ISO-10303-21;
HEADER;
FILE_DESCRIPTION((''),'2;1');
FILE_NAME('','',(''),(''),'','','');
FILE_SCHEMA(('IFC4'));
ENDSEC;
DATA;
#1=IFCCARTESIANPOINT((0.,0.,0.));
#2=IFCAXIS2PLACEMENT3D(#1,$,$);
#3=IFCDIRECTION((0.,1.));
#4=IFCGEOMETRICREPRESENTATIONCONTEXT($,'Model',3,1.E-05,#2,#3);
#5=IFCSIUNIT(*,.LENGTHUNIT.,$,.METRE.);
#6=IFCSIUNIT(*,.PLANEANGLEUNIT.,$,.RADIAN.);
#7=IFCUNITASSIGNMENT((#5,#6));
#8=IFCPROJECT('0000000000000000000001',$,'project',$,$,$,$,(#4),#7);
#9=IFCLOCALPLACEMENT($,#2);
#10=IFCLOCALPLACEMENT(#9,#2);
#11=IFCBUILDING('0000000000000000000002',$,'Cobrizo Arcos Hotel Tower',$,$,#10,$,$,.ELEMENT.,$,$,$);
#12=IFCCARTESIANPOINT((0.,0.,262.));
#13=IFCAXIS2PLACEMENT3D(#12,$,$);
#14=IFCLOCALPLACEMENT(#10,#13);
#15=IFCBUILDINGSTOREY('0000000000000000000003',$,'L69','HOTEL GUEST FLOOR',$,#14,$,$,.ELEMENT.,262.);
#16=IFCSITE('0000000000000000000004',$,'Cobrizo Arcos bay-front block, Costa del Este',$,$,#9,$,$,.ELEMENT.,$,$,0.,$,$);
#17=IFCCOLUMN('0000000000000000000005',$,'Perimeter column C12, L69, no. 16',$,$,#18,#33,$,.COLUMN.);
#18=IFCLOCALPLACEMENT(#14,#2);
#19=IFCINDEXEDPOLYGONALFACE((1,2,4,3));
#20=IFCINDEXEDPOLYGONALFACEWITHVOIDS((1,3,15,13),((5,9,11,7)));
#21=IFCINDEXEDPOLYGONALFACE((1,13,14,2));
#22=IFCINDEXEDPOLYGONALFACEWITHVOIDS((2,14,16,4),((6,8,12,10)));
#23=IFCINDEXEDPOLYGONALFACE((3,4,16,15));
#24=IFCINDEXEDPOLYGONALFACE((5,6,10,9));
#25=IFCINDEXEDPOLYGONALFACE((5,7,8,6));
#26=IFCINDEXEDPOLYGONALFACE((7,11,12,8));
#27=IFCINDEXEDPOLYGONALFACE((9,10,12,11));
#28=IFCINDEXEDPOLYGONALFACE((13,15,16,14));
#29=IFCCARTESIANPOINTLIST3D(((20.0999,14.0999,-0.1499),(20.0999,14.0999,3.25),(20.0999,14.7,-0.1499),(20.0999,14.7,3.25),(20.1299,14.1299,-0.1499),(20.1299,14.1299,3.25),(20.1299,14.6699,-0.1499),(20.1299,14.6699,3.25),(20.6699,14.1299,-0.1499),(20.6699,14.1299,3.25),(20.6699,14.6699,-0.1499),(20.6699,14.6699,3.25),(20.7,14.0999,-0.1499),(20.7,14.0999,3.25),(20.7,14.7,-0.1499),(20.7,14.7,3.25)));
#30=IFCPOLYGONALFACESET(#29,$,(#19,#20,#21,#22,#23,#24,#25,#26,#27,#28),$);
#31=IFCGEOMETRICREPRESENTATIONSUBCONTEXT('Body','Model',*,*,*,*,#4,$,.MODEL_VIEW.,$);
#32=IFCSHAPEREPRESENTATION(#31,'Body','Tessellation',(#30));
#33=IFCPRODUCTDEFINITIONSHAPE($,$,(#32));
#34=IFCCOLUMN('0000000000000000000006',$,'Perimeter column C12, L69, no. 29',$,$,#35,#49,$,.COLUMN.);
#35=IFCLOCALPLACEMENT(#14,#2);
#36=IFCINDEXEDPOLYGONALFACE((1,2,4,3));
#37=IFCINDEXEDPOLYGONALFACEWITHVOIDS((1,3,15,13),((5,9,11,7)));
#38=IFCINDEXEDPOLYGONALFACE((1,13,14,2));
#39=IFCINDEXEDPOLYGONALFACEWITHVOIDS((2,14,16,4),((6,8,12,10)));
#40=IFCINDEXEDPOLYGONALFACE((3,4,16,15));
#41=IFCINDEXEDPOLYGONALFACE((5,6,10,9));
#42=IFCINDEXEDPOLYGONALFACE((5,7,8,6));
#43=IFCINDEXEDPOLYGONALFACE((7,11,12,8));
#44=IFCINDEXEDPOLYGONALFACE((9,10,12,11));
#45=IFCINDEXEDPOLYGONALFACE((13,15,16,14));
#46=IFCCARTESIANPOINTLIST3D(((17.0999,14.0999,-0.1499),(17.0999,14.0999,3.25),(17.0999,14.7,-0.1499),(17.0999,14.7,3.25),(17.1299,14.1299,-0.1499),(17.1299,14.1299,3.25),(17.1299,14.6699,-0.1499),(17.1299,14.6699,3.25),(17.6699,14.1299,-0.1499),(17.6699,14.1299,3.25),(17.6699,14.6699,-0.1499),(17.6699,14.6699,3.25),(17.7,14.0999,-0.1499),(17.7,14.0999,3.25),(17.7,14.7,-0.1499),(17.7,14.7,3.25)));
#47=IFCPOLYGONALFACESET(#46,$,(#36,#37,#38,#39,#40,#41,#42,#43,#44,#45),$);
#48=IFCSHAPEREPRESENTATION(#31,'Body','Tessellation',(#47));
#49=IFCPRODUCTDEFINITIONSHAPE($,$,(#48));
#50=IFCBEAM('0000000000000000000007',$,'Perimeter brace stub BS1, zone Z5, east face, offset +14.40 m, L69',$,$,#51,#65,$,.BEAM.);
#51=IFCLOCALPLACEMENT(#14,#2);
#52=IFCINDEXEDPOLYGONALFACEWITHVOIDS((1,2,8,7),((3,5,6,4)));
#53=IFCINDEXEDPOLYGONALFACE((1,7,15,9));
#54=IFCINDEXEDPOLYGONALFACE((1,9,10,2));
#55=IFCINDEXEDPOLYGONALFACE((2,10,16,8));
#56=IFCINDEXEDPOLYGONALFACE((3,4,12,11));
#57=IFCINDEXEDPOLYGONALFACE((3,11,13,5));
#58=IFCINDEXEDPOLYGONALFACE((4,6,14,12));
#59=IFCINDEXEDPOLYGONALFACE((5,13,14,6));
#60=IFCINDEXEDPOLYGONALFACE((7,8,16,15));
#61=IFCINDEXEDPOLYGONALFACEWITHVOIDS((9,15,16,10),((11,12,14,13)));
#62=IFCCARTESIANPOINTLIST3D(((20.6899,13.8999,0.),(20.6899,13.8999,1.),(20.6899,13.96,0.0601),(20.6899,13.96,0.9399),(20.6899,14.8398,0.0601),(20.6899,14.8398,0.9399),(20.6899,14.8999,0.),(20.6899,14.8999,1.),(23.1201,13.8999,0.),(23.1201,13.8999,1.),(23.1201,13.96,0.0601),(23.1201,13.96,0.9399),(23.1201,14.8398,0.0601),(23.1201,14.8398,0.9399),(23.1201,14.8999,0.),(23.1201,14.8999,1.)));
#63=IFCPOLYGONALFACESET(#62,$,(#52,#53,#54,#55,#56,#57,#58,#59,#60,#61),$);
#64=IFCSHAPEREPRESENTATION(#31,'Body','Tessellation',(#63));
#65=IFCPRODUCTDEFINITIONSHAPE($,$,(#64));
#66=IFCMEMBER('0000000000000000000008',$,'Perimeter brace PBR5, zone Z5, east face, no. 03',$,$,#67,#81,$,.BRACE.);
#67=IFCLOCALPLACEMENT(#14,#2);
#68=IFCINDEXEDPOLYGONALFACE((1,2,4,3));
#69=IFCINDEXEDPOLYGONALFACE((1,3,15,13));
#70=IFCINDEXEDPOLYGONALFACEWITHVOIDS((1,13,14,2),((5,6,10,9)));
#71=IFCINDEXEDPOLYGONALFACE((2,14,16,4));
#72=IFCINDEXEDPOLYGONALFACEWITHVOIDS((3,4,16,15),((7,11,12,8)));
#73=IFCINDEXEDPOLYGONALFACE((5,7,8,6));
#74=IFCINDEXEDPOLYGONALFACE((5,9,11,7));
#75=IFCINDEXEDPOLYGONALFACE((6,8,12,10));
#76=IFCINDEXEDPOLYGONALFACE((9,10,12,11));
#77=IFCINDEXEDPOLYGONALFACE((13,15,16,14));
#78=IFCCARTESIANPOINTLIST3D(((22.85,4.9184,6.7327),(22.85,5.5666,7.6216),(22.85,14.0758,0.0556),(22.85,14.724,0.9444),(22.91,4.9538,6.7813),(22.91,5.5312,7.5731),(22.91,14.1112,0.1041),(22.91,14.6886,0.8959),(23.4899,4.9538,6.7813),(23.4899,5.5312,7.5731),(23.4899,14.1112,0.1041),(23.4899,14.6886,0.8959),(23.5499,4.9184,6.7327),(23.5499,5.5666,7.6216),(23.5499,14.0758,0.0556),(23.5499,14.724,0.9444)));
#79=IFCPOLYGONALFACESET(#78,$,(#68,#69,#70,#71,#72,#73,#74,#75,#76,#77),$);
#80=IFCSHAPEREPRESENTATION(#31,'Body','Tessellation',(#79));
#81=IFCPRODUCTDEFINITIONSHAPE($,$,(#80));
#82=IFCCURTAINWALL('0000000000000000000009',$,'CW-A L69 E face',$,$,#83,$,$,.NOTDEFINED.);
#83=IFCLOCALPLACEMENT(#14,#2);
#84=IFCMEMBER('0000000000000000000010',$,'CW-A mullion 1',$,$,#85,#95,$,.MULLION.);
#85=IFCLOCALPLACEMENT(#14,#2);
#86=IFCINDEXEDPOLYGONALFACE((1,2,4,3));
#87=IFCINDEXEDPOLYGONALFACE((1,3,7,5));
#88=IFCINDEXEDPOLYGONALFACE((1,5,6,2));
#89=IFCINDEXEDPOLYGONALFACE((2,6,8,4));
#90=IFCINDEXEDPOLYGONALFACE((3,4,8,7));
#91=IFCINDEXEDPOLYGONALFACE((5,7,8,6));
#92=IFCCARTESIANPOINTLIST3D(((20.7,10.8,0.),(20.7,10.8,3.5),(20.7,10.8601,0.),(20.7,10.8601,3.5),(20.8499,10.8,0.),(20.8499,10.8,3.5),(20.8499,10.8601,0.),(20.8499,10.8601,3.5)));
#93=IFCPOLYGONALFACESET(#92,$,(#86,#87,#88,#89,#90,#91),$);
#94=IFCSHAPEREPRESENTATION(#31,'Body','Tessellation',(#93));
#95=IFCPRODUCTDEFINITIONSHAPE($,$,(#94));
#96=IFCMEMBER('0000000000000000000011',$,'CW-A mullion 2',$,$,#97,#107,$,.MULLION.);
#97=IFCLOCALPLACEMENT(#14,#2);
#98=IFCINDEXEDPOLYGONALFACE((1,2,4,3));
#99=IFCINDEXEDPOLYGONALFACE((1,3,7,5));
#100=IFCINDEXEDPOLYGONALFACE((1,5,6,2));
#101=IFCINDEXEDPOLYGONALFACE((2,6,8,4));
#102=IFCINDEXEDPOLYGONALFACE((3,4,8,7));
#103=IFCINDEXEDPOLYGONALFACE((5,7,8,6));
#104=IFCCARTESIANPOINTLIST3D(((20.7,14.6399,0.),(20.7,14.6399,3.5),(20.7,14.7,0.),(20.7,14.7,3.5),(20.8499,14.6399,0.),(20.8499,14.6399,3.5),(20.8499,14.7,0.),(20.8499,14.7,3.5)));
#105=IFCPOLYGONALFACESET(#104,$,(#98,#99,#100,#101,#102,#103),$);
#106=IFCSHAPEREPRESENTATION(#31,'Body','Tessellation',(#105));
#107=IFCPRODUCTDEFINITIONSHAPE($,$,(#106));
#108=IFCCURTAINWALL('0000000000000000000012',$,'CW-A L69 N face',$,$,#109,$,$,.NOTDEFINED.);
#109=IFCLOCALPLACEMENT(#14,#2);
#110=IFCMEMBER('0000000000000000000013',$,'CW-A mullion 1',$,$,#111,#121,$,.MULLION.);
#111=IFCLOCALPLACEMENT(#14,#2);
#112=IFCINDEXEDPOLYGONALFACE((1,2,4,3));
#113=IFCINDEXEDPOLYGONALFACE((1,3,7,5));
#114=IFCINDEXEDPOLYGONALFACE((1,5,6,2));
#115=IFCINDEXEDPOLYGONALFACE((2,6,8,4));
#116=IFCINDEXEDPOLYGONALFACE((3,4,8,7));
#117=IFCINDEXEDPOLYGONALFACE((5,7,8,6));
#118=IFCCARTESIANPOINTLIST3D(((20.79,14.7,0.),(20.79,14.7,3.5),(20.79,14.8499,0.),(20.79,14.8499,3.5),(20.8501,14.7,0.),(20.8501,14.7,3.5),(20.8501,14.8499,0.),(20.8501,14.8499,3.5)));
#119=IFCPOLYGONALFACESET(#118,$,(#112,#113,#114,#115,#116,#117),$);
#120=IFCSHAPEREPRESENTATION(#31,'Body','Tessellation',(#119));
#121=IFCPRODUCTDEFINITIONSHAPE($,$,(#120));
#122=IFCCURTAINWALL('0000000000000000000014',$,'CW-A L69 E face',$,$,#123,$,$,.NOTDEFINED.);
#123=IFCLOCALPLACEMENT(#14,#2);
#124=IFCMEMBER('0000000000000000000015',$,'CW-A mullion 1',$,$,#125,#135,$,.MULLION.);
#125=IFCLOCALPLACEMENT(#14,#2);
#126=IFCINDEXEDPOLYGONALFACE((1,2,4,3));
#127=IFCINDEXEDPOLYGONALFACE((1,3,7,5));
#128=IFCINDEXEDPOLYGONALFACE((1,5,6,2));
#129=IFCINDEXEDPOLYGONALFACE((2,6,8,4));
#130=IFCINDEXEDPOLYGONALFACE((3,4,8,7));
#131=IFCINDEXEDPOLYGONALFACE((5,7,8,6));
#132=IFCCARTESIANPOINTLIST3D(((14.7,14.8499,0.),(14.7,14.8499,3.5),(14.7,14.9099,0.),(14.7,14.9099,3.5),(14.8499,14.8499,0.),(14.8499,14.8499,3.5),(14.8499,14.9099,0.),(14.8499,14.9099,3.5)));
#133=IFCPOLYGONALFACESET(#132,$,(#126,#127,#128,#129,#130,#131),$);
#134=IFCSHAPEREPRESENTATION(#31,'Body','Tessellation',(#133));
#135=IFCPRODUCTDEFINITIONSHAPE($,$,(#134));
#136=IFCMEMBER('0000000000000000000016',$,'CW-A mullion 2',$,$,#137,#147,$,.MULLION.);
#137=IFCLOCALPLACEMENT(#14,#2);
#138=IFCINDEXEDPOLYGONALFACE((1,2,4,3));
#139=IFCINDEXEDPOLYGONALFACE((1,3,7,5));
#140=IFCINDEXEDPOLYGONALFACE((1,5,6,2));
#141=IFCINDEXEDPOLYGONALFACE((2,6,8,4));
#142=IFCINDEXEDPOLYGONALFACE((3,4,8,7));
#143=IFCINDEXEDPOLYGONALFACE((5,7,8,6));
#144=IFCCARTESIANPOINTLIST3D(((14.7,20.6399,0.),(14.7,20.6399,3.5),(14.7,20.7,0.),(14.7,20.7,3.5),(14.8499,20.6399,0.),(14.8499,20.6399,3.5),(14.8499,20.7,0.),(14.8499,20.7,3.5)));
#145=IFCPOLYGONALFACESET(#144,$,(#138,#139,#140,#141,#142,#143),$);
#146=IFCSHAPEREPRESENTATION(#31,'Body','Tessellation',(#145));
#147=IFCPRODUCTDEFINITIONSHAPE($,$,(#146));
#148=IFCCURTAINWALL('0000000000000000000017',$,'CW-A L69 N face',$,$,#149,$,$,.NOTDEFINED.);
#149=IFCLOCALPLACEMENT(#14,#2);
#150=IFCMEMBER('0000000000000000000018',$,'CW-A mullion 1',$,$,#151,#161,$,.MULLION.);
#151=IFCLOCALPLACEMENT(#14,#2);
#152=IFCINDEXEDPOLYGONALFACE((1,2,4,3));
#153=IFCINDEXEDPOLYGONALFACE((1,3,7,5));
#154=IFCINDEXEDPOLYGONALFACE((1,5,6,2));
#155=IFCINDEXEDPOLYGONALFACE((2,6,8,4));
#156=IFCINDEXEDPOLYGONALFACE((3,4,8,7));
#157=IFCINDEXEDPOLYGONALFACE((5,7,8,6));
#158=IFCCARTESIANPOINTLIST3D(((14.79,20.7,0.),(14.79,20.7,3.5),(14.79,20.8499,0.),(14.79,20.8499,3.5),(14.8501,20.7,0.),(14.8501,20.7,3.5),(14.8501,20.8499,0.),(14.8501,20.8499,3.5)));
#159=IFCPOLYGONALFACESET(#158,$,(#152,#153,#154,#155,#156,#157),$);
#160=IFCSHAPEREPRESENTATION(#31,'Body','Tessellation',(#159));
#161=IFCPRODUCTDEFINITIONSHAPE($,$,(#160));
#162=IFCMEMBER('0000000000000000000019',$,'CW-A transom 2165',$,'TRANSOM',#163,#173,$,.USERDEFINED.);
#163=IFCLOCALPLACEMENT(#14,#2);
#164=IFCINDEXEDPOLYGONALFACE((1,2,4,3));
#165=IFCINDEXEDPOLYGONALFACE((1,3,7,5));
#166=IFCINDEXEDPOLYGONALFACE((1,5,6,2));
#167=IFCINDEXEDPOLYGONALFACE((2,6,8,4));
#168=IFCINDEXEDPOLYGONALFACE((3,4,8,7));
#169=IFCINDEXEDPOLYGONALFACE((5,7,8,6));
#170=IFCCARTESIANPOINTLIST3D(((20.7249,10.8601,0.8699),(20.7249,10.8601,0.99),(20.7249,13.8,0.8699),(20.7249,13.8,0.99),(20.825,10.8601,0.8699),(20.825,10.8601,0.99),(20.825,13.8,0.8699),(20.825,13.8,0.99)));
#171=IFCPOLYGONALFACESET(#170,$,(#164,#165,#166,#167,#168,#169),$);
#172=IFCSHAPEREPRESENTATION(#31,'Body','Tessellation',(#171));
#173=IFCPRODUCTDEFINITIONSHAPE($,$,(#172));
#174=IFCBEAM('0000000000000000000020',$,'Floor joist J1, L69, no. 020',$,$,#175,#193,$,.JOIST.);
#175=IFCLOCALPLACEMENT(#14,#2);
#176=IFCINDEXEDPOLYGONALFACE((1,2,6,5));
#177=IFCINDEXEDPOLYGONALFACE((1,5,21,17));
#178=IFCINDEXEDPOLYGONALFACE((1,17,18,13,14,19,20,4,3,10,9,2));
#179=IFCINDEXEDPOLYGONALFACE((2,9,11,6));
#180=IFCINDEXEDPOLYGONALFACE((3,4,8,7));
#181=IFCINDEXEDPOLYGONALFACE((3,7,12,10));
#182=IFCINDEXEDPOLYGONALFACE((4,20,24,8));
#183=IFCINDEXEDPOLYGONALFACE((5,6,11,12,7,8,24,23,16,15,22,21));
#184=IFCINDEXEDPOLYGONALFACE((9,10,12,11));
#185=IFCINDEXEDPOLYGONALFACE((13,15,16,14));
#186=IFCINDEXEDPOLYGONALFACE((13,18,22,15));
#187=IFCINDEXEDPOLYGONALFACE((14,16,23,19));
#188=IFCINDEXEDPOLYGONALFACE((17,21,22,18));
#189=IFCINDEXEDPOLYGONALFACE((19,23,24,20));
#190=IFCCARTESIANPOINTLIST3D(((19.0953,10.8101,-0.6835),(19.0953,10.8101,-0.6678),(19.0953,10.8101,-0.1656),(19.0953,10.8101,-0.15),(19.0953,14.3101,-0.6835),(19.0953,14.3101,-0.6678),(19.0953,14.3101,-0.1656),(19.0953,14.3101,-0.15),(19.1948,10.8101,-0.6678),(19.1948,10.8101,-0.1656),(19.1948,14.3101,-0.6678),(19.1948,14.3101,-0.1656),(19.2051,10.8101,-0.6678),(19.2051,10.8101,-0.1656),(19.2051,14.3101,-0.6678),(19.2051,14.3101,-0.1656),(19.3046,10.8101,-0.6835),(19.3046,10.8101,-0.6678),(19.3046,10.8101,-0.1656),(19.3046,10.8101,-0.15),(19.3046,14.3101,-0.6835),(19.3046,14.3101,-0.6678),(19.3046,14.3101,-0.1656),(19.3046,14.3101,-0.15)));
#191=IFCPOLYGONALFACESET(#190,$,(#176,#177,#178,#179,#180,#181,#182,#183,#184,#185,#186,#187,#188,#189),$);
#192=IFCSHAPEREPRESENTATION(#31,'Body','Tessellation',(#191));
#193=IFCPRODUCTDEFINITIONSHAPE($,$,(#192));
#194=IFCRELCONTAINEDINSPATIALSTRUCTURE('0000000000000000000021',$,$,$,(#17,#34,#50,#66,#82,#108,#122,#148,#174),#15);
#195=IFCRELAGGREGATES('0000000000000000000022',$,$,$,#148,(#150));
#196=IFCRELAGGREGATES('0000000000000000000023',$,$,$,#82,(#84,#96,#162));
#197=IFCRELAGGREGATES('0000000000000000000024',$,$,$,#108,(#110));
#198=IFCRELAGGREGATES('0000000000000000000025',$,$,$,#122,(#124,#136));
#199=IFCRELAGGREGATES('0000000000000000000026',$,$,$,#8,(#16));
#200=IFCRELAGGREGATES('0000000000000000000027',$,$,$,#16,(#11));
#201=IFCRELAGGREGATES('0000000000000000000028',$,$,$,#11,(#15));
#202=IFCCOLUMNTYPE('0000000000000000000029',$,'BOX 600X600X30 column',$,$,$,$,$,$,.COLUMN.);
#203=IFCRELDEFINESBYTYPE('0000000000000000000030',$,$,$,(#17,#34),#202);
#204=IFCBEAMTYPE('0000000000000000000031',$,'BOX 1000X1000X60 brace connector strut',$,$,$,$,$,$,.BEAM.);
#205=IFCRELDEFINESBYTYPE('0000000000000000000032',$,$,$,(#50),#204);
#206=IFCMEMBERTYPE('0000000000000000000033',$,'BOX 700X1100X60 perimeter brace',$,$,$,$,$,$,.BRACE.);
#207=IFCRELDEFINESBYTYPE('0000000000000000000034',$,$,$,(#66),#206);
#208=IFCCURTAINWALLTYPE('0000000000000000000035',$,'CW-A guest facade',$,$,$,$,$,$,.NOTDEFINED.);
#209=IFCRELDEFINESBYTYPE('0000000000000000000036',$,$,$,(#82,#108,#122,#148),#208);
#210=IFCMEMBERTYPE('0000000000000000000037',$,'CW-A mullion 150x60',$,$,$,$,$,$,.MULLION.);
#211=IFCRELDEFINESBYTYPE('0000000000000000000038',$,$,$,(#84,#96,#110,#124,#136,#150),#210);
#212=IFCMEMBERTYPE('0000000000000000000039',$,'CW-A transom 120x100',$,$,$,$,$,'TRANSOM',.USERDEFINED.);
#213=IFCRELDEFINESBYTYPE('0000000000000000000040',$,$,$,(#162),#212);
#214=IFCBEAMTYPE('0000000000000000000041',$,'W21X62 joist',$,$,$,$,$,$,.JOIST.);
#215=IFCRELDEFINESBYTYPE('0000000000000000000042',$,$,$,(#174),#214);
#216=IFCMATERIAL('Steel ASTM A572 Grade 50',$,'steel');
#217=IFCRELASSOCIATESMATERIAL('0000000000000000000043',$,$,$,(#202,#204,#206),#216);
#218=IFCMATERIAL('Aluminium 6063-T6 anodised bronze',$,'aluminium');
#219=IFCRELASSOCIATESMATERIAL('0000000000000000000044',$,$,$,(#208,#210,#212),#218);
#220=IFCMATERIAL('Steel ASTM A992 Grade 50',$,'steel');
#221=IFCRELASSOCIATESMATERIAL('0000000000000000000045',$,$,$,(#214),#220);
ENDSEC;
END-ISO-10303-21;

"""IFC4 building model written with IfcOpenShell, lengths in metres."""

from ifc_helpers import new_model, si_unit, direction, frame, origin, origin_2d, place, context, subcontext, project, spatial, rectangle, hollow_rectangle, i_section, extrude, material, material_profile, profile_set, type_object, element, aggregate, save


model = new_model("IFC4")

# Units and contexts
model_context = context("Model", 3, precision=1e-05, world=origin(), true_north=direction((0.0, 1.0)))
body_context = subcontext(model_context, "Body", "Model", "MODEL_VIEW")
ifc_project = project(units=[si_unit("LENGTHUNIT", "METRE"), si_unit("PLANEANGLEUNIT", "RADIAN")], contexts=[model_context])

# Site, building, storey
site_placement = place(None, origin())
site = spatial("IfcSite", under=ifc_project, at=site_placement, Name="Cobrizo Arcos bay-front block, Costa del Este", CompositionType="ELEMENT", RefElevation=0.0)
building_placement = place(site_placement, origin())
building = spatial("IfcBuilding", under=site, at=building_placement, Name="Cobrizo Arcos Hotel Tower", CompositionType="ELEMENT")
storey_placement = place(building_placement, frame((0.0, 0.0, 262.0)))
storey = spatial("IfcBuildingStorey", under=building, at=storey_placement, Name="L69", Description="HOTEL GUEST FLOOR", CompositionType="ELEMENT", Elevation=262.0)

# Columns
ifc_material_1 = material(Name="Steel ASTM A572 Grade 50", Category="steel")
ifc_material_profile_1 = material_profile(ifc_material_1, hollow_rectangle(XDim=0.6001, YDim=0.6001, WallThickness=0.03, at=origin_2d()), Name="BOX 600X600X30")
ifc_profile_set_1 = profile_set([ifc_material_profile_1], Name="Steel ASTM A572 Grade 50")
column_type = type_object("IfcColumnType", Name="BOX 600X600X30 column", PredefinedType="COLUMN", material=ifc_profile_set_1)
for number, where, z_axis, x_axis, name in (
    (1, (20.3999, 14.3999, -0.1499), (0.0, 0.0, 1.0), (1.0, 0.0, 0.0), "Perimeter column C12, L69, no. 16"),
    (2, (17.3999, 14.3999, -0.1499), (0.0, 0.0, 1.0), (1.0, 0.0, 0.0), "Perimeter column C12, L69, no. 29"),
):
    element("IfcColumn", number, at=place(storey_placement, frame(where, z_axis=z_axis, x_axis=x_axis)), inside=storey, type_object=column_type, Name=name, PredefinedType="COLUMN", context=body_context, shape_type="SweptSolid", body=[
        extrude(hollow_rectangle(XDim=0.6001, YDim=0.6001, WallThickness=0.03, at=origin_2d()), origin(), (0.0, 0.0, 1.0), 3.3999),
    ])

# Beam
ifc_material_profile_2 = material_profile(ifc_material_1, hollow_rectangle(XDim=1.0, YDim=1.0, WallThickness=0.0601, at=origin_2d()), Name="BOX 1000X1000X60")
ifc_profile_set_2 = profile_set([ifc_material_profile_2], Name="Steel ASTM A572 Grade 50")
beam_type_1 = type_object("IfcBeamType", Name="BOX 1000X1000X60 brace connector strut", PredefinedType="BEAM", material=ifc_profile_set_2)
beam_1_placement = place(storey_placement, frame((20.6899, 14.3999, 0.5), z_axis=(1.0, 0.0, 0.0), x_axis=(0.0, 1.0, 0.0)))
element("IfcBeam", 3, at=beam_1_placement, inside=storey, type_object=beam_type_1, Name="Perimeter brace stub BS1, zone Z5, east face, offset +14.40 m, L69", PredefinedType="BEAM", context=body_context, shape_type="SweptSolid", body=[
    extrude(hollow_rectangle(XDim=1.0, YDim=1.0, WallThickness=0.0601, at=origin_2d()), origin(), (0.0, 0.0, 1.0), 2.4302),
])

# Member
ifc_material_profile_3 = material_profile(ifc_material_1, hollow_rectangle(XDim=0.7, YDim=1.1001, WallThickness=0.0601, at=origin_2d()), Name="BOX 700X1100X60")
ifc_profile_set_3 = profile_set([ifc_material_profile_3], Name="Steel ASTM A572 Grade 50")
member_type_1 = type_object("IfcMemberType", Name="BOX 700X1100X60 perimeter brace", PredefinedType="BRACE", material=ifc_profile_set_3)
member_1_placement = place(storey_placement, frame((23.2, 14.3999, 0.5), z_axis=(0.0, -0.808011, 0.589168), x_axis=(1.0, 0.0, 0.0)))
element("IfcMember", 4, at=member_1_placement, inside=storey, type_object=member_type_1, Name="Perimeter brace PBR5, zone Z5, east face, no. 03", PredefinedType="BRACE", context=body_context, shape_type="SweptSolid", body=[
    extrude(hollow_rectangle(XDim=0.7, YDim=1.1001, WallThickness=0.0601, at=origin_2d()), origin(), (0.0, 0.0, 1.0), 11.3333),
])

# Curtain wall, members
ifc_material_2 = material(Name="Aluminium 6063-T6 anodised bronze", Category="aluminium")
curtain_wall_type = type_object("IfcCurtainWallType", Name="CW-A guest facade", PredefinedType="NOTDEFINED", material=ifc_material_2)
curtain_wall_1_placement = place(storey_placement, origin())
curtain_wall_1 = element("IfcCurtainWall", 5, at=curtain_wall_1_placement, inside=storey, type_object=curtain_wall_type, Name="CW-A L69 E face", PredefinedType="NOTDEFINED")
ifc_material_profile_4 = material_profile(ifc_material_2, rectangle(XDim=0.1499, YDim=0.0601, at=origin_2d()), Name="CW-A mullion 150x60")
ifc_profile_set_4 = profile_set([ifc_material_profile_4], Name="Aluminium 6063-T6 anodised bronze")
member_type_2 = type_object("IfcMemberType", Name="CW-A mullion 150x60", PredefinedType="MULLION", material=ifc_profile_set_4)
member_2_placement = place(storey_placement, frame((20.7749, 10.8301, 0.0), z_axis=(0.0, 0.0, 1.0), x_axis=(1.0, 0.0, 0.0)))
member_2 = element("IfcMember", 6, at=member_2_placement, type_object=member_type_2, Name="CW-A mullion 1", PredefinedType="MULLION", context=body_context, shape_type="SweptSolid", body=[
    extrude(rectangle(XDim=0.1499, YDim=0.0601, at=origin_2d()), origin(), (0.0, 0.0, 1.0), 3.5),
])
member_3_placement = place(storey_placement, frame((20.7749, 14.6699, 0.0), z_axis=(0.0, 0.0, 1.0), x_axis=(1.0, 0.0, 0.0)))
member_3 = element("IfcMember", 7, at=member_3_placement, type_object=member_type_2, Name="CW-A mullion 2", PredefinedType="MULLION", context=body_context, shape_type="SweptSolid", body=[
    extrude(rectangle(XDim=0.1499, YDim=0.0601, at=origin_2d()), origin(), (0.0, 0.0, 1.0), 3.5),
])

# Curtain wall, member
curtain_wall_2_placement = place(storey_placement, origin())
curtain_wall_2 = element("IfcCurtainWall", 8, at=curtain_wall_2_placement, inside=storey, type_object=curtain_wall_type, Name="CW-A L69 N face", PredefinedType="NOTDEFINED")
member_4_placement = place(storey_placement, frame((20.8201, 14.7749, 0.0), z_axis=(0.0, 0.0, 1.0), x_axis=(0.0, 1.0, 0.0)))
member_4 = element("IfcMember", 9, at=member_4_placement, type_object=member_type_2, Name="CW-A mullion 1", PredefinedType="MULLION", context=body_context, shape_type="SweptSolid", body=[
    extrude(rectangle(XDim=0.1499, YDim=0.0601, at=origin_2d()), origin(), (0.0, 0.0, 1.0), 3.5),
])

# Curtain wall, members
curtain_wall_3_placement = place(storey_placement, origin())
curtain_wall_3 = element("IfcCurtainWall", 10, at=curtain_wall_3_placement, inside=storey, type_object=curtain_wall_type, Name="CW-A L69 E face", PredefinedType="NOTDEFINED")
member_5_placement = place(storey_placement, frame((14.7749, 14.8799, 0.0), z_axis=(0.0, 0.0, 1.0), x_axis=(1.0, 0.0, 0.0)))
member_5 = element("IfcMember", 11, at=member_5_placement, type_object=member_type_2, Name="CW-A mullion 1", PredefinedType="MULLION", context=body_context, shape_type="SweptSolid", body=[
    extrude(rectangle(XDim=0.1499, YDim=0.0601, at=origin_2d()), origin(), (0.0, 0.0, 1.0), 3.5),
])
member_6_placement = place(storey_placement, frame((14.7749, 20.6699, 0.0), z_axis=(0.0, 0.0, 1.0), x_axis=(1.0, 0.0, 0.0)))
member_6 = element("IfcMember", 12, at=member_6_placement, type_object=member_type_2, Name="CW-A mullion 2", PredefinedType="MULLION", context=body_context, shape_type="SweptSolid", body=[
    extrude(rectangle(XDim=0.1499, YDim=0.0601, at=origin_2d()), origin(), (0.0, 0.0, 1.0), 3.5),
])

# Curtain wall, member
curtain_wall_4_placement = place(storey_placement, origin())
curtain_wall_4 = element("IfcCurtainWall", 13, at=curtain_wall_4_placement, inside=storey, type_object=curtain_wall_type, Name="CW-A L69 N face", PredefinedType="NOTDEFINED")
member_7_placement = place(storey_placement, frame((14.8201, 20.7749, 0.0), z_axis=(0.0, 0.0, 1.0), x_axis=(0.0, 1.0, 0.0)))
member_7 = element("IfcMember", 14, at=member_7_placement, type_object=member_type_2, Name="CW-A mullion 1", PredefinedType="MULLION", context=body_context, shape_type="SweptSolid", body=[
    extrude(rectangle(XDim=0.1499, YDim=0.0601, at=origin_2d()), origin(), (0.0, 0.0, 1.0), 3.5),
])
aggregate(curtain_wall_4, [member_7])

# Member
ifc_material_profile_5 = material_profile(ifc_material_2, rectangle(XDim=0.1001, YDim=0.1201, at=origin_2d()), Name="CW-A transom 120x100")
ifc_profile_set_5 = profile_set([ifc_material_profile_5], Name="Aluminium 6063-T6 anodised bronze")
member_type_3 = type_object("IfcMemberType", Name="CW-A transom 120x100", ElementType="TRANSOM", PredefinedType="USERDEFINED", material=ifc_profile_set_5)
member_8_placement = place(storey_placement, frame((20.7749, 10.8601, 0.9299), z_axis=(0.0, 1.0, 0.0), x_axis=(-1.0, 0.0, 0.0)))
member_8 = element("IfcMember", 15, at=member_8_placement, type_object=member_type_3, Name="CW-A transom 2165", ObjectType="TRANSOM", PredefinedType="USERDEFINED", context=body_context, shape_type="SweptSolid", body=[
    extrude(rectangle(XDim=0.1001, YDim=0.1201, at=origin_2d()), origin(), (0.0, 0.0, 1.0), 2.9399),
])

# Beam
ifc_material_3 = material(Name="Steel ASTM A992 Grade 50", Category="steel")
ifc_material_profile_6 = material_profile(ifc_material_3, i_section(OverallWidth=0.2092, OverallDepth=0.5334, WebThickness=0.0103, FlangeThickness=0.0156, at=origin_2d()), Name="W21X62")
ifc_profile_set_6 = profile_set([ifc_material_profile_6], Name="Steel ASTM A992 Grade 50")
beam_type_2 = type_object("IfcBeamType", Name="W21X62 joist", PredefinedType="JOIST", material=ifc_profile_set_6)
beam_2_placement = place(storey_placement, frame((19.2, 10.8101, -0.4167), z_axis=(0.0, 1.0, 0.0), x_axis=(-1.0, 0.0, 0.0)))
element("IfcBeam", 16, at=beam_2_placement, inside=storey, type_object=beam_type_2, Name="Floor joist J1, L69, no. 020", PredefinedType="JOIST", context=body_context, shape_type="SweptSolid", body=[
    extrude(i_section(OverallWidth=0.2092, OverallDepth=0.5334, WebThickness=0.0103, FlangeThickness=0.0156, at=origin_2d()), origin(), (0.0, 0.0, 1.0), 3.5),
])

aggregate(curtain_wall_1, [member_2, member_3, member_8])
aggregate(curtain_wall_2, [member_4])
aggregate(curtain_wall_3, [member_5, member_6])

save(model, "model.ifc")
